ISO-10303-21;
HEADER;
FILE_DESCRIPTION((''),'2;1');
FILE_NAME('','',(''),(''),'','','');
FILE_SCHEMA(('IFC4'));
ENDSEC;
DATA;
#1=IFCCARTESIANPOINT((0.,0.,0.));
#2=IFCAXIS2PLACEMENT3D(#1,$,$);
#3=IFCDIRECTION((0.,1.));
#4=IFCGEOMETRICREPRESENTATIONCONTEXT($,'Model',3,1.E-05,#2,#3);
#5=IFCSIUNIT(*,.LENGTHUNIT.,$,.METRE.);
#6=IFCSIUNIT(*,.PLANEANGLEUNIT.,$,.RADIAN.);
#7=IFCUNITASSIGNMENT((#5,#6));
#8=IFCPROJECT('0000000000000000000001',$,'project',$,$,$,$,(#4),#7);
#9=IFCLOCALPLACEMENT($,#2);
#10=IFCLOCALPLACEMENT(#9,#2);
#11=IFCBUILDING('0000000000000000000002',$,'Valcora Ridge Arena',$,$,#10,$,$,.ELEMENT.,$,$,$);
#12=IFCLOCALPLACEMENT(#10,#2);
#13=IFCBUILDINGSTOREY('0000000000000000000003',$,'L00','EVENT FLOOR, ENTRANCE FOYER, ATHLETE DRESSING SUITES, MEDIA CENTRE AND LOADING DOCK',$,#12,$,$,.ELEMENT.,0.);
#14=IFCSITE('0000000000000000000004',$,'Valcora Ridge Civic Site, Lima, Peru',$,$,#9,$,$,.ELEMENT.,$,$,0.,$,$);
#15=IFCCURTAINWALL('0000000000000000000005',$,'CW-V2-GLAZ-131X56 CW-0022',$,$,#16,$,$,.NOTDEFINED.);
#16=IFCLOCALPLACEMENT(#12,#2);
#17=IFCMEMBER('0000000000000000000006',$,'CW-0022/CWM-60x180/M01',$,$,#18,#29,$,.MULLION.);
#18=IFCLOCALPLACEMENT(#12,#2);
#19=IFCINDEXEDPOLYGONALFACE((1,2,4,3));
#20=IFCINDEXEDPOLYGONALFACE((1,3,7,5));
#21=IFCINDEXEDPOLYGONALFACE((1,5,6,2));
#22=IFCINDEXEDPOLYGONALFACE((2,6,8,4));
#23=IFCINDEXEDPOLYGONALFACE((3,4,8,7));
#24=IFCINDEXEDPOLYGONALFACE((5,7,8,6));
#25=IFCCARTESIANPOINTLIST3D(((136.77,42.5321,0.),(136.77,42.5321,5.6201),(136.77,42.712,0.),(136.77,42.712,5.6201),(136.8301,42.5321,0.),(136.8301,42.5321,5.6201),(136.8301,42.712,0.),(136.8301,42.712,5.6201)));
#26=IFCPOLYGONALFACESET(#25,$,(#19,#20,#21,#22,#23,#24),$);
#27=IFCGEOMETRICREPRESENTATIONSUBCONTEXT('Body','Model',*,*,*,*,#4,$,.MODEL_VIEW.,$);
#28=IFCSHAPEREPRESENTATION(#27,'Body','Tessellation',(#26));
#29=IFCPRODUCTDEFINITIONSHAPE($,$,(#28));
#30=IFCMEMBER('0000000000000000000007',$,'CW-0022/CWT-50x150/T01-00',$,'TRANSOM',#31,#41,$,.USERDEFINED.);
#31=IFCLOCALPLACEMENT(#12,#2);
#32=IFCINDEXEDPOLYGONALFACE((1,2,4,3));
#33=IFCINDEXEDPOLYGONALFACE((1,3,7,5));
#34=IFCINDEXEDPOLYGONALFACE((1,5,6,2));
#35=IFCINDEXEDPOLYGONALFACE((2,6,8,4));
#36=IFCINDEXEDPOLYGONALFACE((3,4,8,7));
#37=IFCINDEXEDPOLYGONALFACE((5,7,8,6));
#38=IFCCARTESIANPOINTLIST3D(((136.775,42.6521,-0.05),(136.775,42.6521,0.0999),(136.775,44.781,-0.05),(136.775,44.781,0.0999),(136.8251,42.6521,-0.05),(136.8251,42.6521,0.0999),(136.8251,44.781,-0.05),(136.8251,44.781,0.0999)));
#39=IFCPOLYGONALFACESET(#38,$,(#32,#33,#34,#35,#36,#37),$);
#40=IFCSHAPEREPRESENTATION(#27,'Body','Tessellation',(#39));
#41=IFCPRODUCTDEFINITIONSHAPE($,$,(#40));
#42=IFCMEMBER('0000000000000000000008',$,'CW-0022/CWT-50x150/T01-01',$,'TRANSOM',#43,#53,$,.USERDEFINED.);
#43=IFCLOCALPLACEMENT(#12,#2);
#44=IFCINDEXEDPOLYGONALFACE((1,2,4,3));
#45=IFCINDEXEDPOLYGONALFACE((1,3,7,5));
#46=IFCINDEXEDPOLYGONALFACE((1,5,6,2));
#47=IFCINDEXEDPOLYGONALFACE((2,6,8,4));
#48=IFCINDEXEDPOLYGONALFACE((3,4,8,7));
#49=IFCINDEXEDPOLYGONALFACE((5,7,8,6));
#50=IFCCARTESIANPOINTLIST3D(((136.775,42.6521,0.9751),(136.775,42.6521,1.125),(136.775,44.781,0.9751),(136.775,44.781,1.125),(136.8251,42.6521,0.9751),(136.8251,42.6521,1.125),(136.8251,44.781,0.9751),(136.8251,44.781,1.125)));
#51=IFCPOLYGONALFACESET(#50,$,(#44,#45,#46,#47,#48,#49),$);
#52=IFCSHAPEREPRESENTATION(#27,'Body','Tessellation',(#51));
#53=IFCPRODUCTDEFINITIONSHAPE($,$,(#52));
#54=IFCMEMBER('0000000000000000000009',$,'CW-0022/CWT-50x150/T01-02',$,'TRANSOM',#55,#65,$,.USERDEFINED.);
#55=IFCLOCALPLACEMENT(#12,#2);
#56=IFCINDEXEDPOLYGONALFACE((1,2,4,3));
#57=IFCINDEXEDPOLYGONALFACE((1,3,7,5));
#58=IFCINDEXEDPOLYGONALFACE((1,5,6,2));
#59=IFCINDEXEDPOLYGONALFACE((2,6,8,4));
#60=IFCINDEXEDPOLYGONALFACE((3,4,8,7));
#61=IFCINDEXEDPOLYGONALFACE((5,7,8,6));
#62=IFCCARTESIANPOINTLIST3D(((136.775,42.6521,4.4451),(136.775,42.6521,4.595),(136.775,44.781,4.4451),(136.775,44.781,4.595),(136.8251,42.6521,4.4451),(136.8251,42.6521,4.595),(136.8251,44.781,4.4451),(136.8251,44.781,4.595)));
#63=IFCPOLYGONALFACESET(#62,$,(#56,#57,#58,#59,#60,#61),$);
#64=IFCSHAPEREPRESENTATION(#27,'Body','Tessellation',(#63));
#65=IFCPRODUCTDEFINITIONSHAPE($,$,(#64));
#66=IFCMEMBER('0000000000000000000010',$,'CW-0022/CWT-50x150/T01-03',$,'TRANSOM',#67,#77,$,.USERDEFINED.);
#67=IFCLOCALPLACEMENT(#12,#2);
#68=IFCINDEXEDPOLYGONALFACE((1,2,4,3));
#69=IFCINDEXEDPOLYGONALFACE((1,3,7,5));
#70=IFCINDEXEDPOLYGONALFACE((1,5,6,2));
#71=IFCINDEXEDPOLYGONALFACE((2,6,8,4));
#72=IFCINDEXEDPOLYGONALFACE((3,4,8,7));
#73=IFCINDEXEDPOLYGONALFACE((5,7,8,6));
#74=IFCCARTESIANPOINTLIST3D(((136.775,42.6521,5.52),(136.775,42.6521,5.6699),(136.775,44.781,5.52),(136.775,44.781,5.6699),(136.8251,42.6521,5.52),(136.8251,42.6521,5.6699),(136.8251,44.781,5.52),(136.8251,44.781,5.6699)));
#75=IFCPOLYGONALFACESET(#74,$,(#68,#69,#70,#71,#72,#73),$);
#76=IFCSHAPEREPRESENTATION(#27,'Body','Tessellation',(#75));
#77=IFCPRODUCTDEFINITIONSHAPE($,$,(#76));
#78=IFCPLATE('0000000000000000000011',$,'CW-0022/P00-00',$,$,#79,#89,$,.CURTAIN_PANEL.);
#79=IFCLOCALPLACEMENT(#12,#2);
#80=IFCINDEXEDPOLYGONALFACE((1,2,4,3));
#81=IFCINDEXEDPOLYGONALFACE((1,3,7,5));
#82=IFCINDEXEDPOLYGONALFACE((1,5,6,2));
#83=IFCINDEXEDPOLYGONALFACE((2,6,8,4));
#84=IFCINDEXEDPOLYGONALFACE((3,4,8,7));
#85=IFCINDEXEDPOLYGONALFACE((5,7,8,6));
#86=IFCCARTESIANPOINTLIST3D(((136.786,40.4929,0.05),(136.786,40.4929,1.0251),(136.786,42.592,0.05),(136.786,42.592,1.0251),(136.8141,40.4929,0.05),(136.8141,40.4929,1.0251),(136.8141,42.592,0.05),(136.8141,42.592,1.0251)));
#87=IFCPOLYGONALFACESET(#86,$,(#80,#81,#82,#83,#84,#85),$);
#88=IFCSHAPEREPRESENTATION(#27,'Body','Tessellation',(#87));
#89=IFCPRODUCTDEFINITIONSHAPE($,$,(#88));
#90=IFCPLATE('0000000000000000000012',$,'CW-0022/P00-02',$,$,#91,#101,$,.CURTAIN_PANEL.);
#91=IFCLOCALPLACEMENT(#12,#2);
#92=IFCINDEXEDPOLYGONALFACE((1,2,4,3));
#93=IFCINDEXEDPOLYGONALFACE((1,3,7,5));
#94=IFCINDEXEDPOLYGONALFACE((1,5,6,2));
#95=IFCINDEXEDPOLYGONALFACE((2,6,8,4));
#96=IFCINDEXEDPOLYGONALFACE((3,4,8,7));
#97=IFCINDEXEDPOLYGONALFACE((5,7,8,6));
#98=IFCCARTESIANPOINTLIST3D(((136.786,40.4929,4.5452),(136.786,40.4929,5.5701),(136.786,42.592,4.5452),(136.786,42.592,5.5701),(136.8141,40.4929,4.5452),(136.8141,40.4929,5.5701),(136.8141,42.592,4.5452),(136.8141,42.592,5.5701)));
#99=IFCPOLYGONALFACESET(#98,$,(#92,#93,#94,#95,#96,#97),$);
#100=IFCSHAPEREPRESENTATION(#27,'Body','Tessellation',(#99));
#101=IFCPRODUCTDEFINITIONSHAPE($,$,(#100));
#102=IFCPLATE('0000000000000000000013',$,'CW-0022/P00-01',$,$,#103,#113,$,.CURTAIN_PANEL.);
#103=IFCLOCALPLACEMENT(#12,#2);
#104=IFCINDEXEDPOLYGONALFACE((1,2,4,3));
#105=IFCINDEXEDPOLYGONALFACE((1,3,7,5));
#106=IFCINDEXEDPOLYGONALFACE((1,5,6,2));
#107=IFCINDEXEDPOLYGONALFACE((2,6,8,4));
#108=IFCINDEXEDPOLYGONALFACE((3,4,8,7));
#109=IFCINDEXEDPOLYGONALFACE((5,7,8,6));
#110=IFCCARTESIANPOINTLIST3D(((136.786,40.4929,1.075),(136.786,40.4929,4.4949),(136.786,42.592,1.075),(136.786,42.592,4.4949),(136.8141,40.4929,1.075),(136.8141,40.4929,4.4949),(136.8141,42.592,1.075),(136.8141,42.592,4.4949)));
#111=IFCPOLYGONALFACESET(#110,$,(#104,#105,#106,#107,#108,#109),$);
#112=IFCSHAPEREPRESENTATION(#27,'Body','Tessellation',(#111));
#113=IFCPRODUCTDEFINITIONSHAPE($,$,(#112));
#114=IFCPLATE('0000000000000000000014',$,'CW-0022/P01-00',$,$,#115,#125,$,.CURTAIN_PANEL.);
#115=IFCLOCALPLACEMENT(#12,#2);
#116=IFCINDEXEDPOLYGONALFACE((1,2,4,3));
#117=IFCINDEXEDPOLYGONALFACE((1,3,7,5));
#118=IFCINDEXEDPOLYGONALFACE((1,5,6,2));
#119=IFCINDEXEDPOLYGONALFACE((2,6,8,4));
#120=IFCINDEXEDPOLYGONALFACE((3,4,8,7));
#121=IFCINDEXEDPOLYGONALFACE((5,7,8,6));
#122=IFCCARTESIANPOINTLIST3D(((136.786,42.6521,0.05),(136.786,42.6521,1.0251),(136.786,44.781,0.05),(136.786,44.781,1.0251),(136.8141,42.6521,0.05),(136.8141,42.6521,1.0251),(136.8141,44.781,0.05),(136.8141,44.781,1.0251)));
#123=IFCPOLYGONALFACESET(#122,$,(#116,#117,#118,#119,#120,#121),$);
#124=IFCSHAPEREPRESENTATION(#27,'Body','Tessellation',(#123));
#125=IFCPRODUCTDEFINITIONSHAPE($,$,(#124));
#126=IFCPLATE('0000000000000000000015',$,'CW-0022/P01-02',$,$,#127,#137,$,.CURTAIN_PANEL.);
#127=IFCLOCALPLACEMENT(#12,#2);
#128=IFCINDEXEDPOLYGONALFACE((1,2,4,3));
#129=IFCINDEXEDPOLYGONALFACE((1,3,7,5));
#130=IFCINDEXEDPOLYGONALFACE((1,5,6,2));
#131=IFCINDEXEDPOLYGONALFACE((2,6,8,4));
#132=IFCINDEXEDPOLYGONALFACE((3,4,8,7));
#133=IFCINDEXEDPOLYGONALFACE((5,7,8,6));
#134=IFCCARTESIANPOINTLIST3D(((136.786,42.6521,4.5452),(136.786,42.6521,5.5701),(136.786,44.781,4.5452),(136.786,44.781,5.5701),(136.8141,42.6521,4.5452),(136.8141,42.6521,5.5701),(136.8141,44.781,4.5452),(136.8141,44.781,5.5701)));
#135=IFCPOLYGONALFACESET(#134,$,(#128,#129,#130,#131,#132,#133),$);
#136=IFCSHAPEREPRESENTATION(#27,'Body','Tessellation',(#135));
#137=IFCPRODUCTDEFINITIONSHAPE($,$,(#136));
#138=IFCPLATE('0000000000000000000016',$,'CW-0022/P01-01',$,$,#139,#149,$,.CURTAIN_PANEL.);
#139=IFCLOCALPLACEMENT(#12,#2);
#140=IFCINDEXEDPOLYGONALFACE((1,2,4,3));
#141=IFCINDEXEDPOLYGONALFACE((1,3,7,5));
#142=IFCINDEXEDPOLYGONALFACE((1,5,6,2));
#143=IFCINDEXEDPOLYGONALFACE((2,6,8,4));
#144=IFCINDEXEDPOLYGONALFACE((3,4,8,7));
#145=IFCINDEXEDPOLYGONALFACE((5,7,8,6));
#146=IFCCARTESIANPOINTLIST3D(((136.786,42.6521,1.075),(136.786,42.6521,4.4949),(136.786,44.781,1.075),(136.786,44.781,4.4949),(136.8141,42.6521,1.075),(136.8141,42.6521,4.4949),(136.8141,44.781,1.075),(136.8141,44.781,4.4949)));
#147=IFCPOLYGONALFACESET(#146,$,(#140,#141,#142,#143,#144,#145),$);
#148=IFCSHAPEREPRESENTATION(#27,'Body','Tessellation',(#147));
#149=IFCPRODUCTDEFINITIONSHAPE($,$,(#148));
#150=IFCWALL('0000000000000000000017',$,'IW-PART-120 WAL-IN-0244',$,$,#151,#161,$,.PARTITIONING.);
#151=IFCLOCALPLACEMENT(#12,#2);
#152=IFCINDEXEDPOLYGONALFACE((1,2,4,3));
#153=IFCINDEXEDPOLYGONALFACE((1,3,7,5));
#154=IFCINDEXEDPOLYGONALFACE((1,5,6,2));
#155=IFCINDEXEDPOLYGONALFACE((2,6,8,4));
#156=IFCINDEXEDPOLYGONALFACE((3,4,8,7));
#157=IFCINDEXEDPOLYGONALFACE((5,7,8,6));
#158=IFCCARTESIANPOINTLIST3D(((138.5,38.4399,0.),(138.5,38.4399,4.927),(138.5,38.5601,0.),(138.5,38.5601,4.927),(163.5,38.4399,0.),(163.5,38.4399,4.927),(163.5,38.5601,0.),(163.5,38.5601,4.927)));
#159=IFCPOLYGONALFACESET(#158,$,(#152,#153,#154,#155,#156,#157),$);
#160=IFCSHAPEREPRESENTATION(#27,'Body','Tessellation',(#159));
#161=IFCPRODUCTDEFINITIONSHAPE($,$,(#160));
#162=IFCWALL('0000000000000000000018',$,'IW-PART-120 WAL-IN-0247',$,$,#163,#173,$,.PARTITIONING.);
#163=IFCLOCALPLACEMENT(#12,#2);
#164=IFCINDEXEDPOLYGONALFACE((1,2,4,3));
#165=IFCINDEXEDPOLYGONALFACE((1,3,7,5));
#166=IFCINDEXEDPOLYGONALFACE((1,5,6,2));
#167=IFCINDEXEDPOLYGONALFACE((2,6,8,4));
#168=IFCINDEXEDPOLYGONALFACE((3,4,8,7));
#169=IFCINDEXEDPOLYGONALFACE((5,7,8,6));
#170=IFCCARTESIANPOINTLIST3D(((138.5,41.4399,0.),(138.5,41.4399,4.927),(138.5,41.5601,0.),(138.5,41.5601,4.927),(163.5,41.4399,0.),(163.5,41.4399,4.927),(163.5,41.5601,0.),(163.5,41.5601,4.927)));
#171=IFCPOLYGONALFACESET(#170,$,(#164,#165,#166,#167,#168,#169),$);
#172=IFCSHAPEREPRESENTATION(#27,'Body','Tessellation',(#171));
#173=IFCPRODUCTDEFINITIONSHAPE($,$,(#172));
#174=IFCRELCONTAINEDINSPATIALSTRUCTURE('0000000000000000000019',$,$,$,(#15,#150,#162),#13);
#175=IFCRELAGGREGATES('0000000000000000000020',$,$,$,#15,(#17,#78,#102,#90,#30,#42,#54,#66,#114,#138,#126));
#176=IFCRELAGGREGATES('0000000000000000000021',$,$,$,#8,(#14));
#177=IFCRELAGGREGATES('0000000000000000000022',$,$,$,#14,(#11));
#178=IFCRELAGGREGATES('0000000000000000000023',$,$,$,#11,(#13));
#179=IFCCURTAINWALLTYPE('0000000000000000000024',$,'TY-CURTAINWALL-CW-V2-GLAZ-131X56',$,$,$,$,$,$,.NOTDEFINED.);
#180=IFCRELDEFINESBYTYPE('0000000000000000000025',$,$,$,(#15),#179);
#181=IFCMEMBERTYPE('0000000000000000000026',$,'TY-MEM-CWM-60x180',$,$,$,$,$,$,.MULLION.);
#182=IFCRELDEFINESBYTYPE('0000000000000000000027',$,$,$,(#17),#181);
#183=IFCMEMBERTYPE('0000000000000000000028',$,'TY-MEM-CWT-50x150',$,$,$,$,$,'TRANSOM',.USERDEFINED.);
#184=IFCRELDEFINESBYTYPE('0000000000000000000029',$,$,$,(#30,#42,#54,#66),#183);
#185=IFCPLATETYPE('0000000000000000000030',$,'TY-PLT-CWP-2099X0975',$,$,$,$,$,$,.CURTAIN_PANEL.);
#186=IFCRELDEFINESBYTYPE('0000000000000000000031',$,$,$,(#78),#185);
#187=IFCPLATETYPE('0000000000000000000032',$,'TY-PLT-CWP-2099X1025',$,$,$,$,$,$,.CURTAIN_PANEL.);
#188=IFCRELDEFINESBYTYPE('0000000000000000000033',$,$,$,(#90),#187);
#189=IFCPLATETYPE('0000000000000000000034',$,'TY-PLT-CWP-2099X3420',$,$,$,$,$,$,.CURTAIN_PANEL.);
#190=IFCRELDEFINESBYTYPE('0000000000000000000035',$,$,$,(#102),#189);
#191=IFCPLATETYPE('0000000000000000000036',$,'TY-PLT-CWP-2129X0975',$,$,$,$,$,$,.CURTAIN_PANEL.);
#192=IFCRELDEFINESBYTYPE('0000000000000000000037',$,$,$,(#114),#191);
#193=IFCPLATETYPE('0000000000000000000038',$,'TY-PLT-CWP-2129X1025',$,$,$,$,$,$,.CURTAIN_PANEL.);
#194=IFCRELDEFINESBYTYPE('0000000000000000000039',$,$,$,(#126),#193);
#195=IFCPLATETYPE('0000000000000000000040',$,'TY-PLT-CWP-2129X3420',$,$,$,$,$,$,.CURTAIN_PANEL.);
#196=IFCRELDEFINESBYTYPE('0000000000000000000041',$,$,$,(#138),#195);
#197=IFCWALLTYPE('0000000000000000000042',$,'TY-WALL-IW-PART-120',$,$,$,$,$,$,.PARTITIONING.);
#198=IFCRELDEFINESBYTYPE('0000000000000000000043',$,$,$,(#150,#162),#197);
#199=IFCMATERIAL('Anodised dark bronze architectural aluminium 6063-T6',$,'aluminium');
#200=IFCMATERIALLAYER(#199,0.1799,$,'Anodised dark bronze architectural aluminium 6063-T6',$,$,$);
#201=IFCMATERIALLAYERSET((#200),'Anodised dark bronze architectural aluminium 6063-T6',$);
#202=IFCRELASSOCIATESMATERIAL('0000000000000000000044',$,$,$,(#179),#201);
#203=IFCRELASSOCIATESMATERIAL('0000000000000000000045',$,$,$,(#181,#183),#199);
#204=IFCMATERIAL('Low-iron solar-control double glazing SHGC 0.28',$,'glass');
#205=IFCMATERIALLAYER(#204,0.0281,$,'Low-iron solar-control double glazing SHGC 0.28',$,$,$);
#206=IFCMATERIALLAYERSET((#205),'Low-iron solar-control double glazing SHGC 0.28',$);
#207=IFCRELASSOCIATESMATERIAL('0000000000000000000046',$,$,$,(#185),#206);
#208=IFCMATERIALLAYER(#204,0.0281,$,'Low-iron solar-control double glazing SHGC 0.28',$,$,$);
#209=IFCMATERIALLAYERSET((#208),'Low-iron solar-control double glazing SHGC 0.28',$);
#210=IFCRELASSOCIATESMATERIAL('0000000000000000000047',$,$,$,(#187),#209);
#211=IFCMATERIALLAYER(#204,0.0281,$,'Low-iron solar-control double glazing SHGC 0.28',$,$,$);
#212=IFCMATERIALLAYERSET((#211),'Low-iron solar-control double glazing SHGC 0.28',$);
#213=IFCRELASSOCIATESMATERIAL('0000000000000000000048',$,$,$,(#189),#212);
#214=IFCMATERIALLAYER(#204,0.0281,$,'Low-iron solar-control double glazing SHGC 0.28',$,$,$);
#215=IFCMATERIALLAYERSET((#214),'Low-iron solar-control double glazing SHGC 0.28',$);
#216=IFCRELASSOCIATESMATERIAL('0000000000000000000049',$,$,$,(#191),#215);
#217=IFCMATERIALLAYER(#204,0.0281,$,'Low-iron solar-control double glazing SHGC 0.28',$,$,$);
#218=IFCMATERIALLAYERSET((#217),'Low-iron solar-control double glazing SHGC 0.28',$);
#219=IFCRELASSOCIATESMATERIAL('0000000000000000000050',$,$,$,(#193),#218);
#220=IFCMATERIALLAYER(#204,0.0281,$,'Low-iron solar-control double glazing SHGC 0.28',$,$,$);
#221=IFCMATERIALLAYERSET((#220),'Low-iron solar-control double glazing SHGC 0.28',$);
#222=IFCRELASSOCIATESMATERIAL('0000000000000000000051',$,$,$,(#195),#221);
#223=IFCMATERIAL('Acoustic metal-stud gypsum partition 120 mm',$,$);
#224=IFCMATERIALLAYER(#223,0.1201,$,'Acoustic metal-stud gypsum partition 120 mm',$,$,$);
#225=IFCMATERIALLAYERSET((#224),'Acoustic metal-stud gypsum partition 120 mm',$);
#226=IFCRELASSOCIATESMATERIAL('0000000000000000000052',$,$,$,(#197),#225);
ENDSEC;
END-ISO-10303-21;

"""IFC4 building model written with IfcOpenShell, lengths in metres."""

from ifc_helpers import new_model, si_unit, direction, frame, frame_2d, origin, origin_2d, place, context, subcontext, project, spatial, rectangle, extrude, material, layer, layer_set, material_profile, profile_set, type_object, element, aggregate, save


model = new_model("IFC4")

# Units and contexts
model_context = context("Model", 3, precision=1e-05, world=origin(), true_north=direction((0.0, 1.0)))
body_context = subcontext(model_context, "Body", "Model", "MODEL_VIEW")
ifc_project = project(units=[si_unit("LENGTHUNIT", "METRE"), si_unit("PLANEANGLEUNIT", "RADIAN")], contexts=[model_context])

# Site, building, storey
site_placement = place(None, origin())
site = spatial("IfcSite", under=ifc_project, at=site_placement, Name="Valcora Ridge Civic Site, Lima, Peru", CompositionType="ELEMENT", RefElevation=0.0)
building_placement = place(site_placement, origin())
building = spatial("IfcBuilding", under=site, at=building_placement, Name="Valcora Ridge Arena", CompositionType="ELEMENT")
storey_placement = place(building_placement, origin())
storey = spatial("IfcBuildingStorey", under=building, at=storey_placement, Name="L00", Description="EVENT FLOOR, ENTRANCE FOYER, ATHLETE DRESSING SUITES, MEDIA CENTRE AND LOADING DOCK", CompositionType="ELEMENT", Elevation=0.0)

# Curtain wall, members, plates
ifc_material_1 = material(Name="Anodised dark bronze architectural aluminium 6063-T6", Category="aluminium")
ifc_layer_1 = layer(ifc_material_1, 0.1799, Name="Anodised dark bronze architectural aluminium 6063-T6")
ifc_layer_set_1 = layer_set([ifc_layer_1], Name="Anodised dark bronze architectural aluminium 6063-T6")
curtain_wall_type = type_object("IfcCurtainWallType", Name="TY-CURTAINWALL-CW-V2-GLAZ-131X56", PredefinedType="NOTDEFINED", material=ifc_layer_set_1)
curtain_wall_placement = place(storey_placement, origin())
curtain_wall = element("IfcCurtainWall", 1, at=curtain_wall_placement, inside=storey, type_object=curtain_wall_type, Name="CW-V2-GLAZ-131X56 CW-0022", PredefinedType="NOTDEFINED")
ifc_material_profile_1 = material_profile(ifc_material_1, rectangle(XDim=0.0601, YDim=0.1799, at=origin_2d()), Name="ALU MULLION 60x180")
ifc_profile_set_1 = profile_set([ifc_material_profile_1], Name="Anodised dark bronze architectural aluminium 6063-T6")
member_type_1 = type_object("IfcMemberType", Name="TY-MEM-CWM-60x180", PredefinedType="MULLION", material=ifc_profile_set_1)
member_1_placement = place(storey_placement, frame((136.8, 42.6221, 0.0), z_axis=(0.0, 0.0, 1.0), x_axis=(-1.0, 0.0, 0.0)))
member_1 = element("IfcMember", 2, at=member_1_placement, type_object=member_type_1, Name="CW-0022/CWM-60x180/M01", PredefinedType="MULLION", context=body_context, shape_type="SweptSolid", body=[
    extrude(rectangle(XDim=0.0601, YDim=0.1799, at=origin_2d()), origin(), (0.0, 0.0, 1.0), 5.6201),
])
ifc_material_profile_2 = material_profile(ifc_material_1, rectangle(XDim=0.05, YDim=0.1499, at=origin_2d()), Name="ALU TRANSOM 50x150")
ifc_profile_set_2 = profile_set([ifc_material_profile_2], Name="Anodised dark bronze architectural aluminium 6063-T6")
member_type_2 = type_object("IfcMemberType", Name="TY-MEM-CWT-50x150", ElementType="TRANSOM", PredefinedType="USERDEFINED", material=ifc_profile_set_2)
member_2_placement = place(storey_placement, frame((136.8, 42.6521, 0.0249), z_axis=(0.0, 1.0, 0.0), x_axis=(-1.0, 0.0, 0.0)))
member_2 = element("IfcMember", 3, at=member_2_placement, type_object=member_type_2, Name="CW-0022/CWT-50x150/T01-00", ObjectType="TRANSOM", PredefinedType="USERDEFINED", context=body_context, shape_type="SweptSolid", body=[
    extrude(rectangle(XDim=0.05, YDim=0.1499, at=origin_2d()), origin(), (0.0, 0.0, 1.0), 2.1289),
])
member_3_placement = place(storey_placement, frame((136.8, 42.6521, 1.05), z_axis=(0.0, 1.0, 0.0), x_axis=(-1.0, 0.0, 0.0)))
member_3 = element("IfcMember", 4, at=member_3_placement, type_object=member_type_2, Name="CW-0022/CWT-50x150/T01-01", ObjectType="TRANSOM", PredefinedType="USERDEFINED", context=body_context, shape_type="SweptSolid", body=[
    extrude(rectangle(XDim=0.05, YDim=0.1499, at=origin_2d()), origin(), (0.0, 0.0, 1.0), 2.1289),
])
member_4_placement = place(storey_placement, frame((136.8, 42.6521, 4.52), z_axis=(0.0, 1.0, 0.0), x_axis=(-1.0, 0.0, 0.0)))
member_4 = element("IfcMember", 5, at=member_4_placement, type_object=member_type_2, Name="CW-0022/CWT-50x150/T01-02", ObjectType="TRANSOM", PredefinedType="USERDEFINED", context=body_context, shape_type="SweptSolid", body=[
    extrude(rectangle(XDim=0.05, YDim=0.1499, at=origin_2d()), origin(), (0.0, 0.0, 1.0), 2.1289),
])
member_5_placement = place(storey_placement, frame((136.8, 42.6521, 5.595), z_axis=(0.0, 1.0, 0.0), x_axis=(-1.0, 0.0, 0.0)))
member_5 = element("IfcMember", 6, at=member_5_placement, type_object=member_type_2, Name="CW-0022/CWT-50x150/T01-03", ObjectType="TRANSOM", PredefinedType="USERDEFINED", context=body_context, shape_type="SweptSolid", body=[
    extrude(rectangle(XDim=0.05, YDim=0.1499, at=origin_2d()), origin(), (0.0, 0.0, 1.0), 2.1289),
])
ifc_material_2 = material(Name="Low-iron solar-control double glazing SHGC 0.28", Category="glass")
ifc_layer_2 = layer(ifc_material_2, 0.0281, Name="Low-iron solar-control double glazing SHGC 0.28")
ifc_layer_set_2 = layer_set([ifc_layer_2], Name="Low-iron solar-control double glazing SHGC 0.28")
plate_type_1 = type_object("IfcPlateType", Name="TY-PLT-CWP-2099X0975", PredefinedType="CURTAIN_PANEL", material=ifc_layer_set_2)
plate_1_placement = place(storey_placement, frame((136.8, 41.5425, 0.05), z_axis=(0.0, 0.0, 1.0), x_axis=(0.0, 1.0, 0.0)))
plate_1 = element("IfcPlate", 7, at=plate_1_placement, type_object=plate_type_1, Name="CW-0022/P00-00", PredefinedType="CURTAIN_PANEL", context=body_context, shape_type="SweptSolid", body=[
    extrude(rectangle(XDim=2.0991, YDim=0.0281, at=origin_2d()), origin(), (0.0, 0.0, 1.0), 0.9751),
])
ifc_layer_3 = layer(ifc_material_2, 0.0281, Name="Low-iron solar-control double glazing SHGC 0.28")
ifc_layer_set_3 = layer_set([ifc_layer_3], Name="Low-iron solar-control double glazing SHGC 0.28")
plate_type_2 = type_object("IfcPlateType", Name="TY-PLT-CWP-2099X1025", PredefinedType="CURTAIN_PANEL", material=ifc_layer_set_3)
plate_2_placement = place(storey_placement, frame((136.8, 41.5425, 4.5452), z_axis=(0.0, 0.0, 1.0), x_axis=(0.0, 1.0, 0.0)))
plate_2 = element("IfcPlate", 8, at=plate_2_placement, type_object=plate_type_2, Name="CW-0022/P00-02", PredefinedType="CURTAIN_PANEL", context=body_context, shape_type="SweptSolid", body=[
    extrude(rectangle(XDim=2.0991, YDim=0.0281, at=origin_2d()), origin(), (0.0, 0.0, 1.0), 1.0249),
])
ifc_layer_4 = layer(ifc_material_2, 0.0281, Name="Low-iron solar-control double glazing SHGC 0.28")
ifc_layer_set_4 = layer_set([ifc_layer_4], Name="Low-iron solar-control double glazing SHGC 0.28")
plate_type_3 = type_object("IfcPlateType", Name="TY-PLT-CWP-2099X3420", PredefinedType="CURTAIN_PANEL", material=ifc_layer_set_4)
plate_3_placement = place(storey_placement, frame((136.8, 41.5425, 1.075), z_axis=(0.0, 0.0, 1.0), x_axis=(0.0, 1.0, 0.0)))
plate_3 = element("IfcPlate", 9, at=plate_3_placement, type_object=plate_type_3, Name="CW-0022/P00-01", PredefinedType="CURTAIN_PANEL", context=body_context, shape_type="SweptSolid", body=[
    extrude(rectangle(XDim=2.0991, YDim=0.0281, at=origin_2d()), origin(), (0.0, 0.0, 1.0), 3.4199),
])
ifc_layer_5 = layer(ifc_material_2, 0.0281, Name="Low-iron solar-control double glazing SHGC 0.28")
ifc_layer_set_5 = layer_set([ifc_layer_5], Name="Low-iron solar-control double glazing SHGC 0.28")
plate_type_4 = type_object("IfcPlateType", Name="TY-PLT-CWP-2129X0975", PredefinedType="CURTAIN_PANEL", material=ifc_layer_set_5)
plate_4_placement = place(storey_placement, frame((136.8, 43.7166, 0.05), z_axis=(0.0, 0.0, 1.0), x_axis=(0.0, 1.0, 0.0)))
plate_4 = element("IfcPlate", 10, at=plate_4_placement, type_object=plate_type_4, Name="CW-0022/P01-00", PredefinedType="CURTAIN_PANEL", context=body_context, shape_type="SweptSolid", body=[
    extrude(rectangle(XDim=2.1289, YDim=0.0281, at=origin_2d()), origin(), (0.0, 0.0, 1.0), 0.9751),
])
ifc_layer_6 = layer(ifc_material_2, 0.0281, Name="Low-iron solar-control double glazing SHGC 0.28")
ifc_layer_set_6 = layer_set([ifc_layer_6], Name="Low-iron solar-control double glazing SHGC 0.28")
plate_type_5 = type_object("IfcPlateType", Name="TY-PLT-CWP-2129X1025", PredefinedType="CURTAIN_PANEL", material=ifc_layer_set_6)
plate_5_placement = place(storey_placement, frame((136.8, 43.7166, 4.5452), z_axis=(0.0, 0.0, 1.0), x_axis=(0.0, 1.0, 0.0)))
plate_5 = element("IfcPlate", 11, at=plate_5_placement, type_object=plate_type_5, Name="CW-0022/P01-02", PredefinedType="CURTAIN_PANEL", context=body_context, shape_type="SweptSolid", body=[
    extrude(rectangle(XDim=2.1289, YDim=0.0281, at=origin_2d()), origin(), (0.0, 0.0, 1.0), 1.0249),
])
ifc_layer_7 = layer(ifc_material_2, 0.0281, Name="Low-iron solar-control double glazing SHGC 0.28")
ifc_layer_set_7 = layer_set([ifc_layer_7], Name="Low-iron solar-control double glazing SHGC 0.28")
plate_type_6 = type_object("IfcPlateType", Name="TY-PLT-CWP-2129X3420", PredefinedType="CURTAIN_PANEL", material=ifc_layer_set_7)
plate_6_placement = place(storey_placement, frame((136.8, 43.7166, 1.075), z_axis=(0.0, 0.0, 1.0), x_axis=(0.0, 1.0, 0.0)))
plate_6 = element("IfcPlate", 12, at=plate_6_placement, type_object=plate_type_6, Name="CW-0022/P01-01", PredefinedType="CURTAIN_PANEL", context=body_context, shape_type="SweptSolid", body=[
    extrude(rectangle(XDim=2.1289, YDim=0.0281, at=origin_2d()), origin(), (0.0, 0.0, 1.0), 3.4199),
])
aggregate(curtain_wall, [member_1, plate_1, plate_3, plate_2, member_2, member_3, member_4, member_5, plate_4, plate_6, plate_5])

# Walls
ifc_material_3 = material(Name="Acoustic metal-stud gypsum partition 120 mm")
ifc_layer_8 = layer(ifc_material_3, 0.1201, Name="Acoustic metal-stud gypsum partition 120 mm")
ifc_layer_set_8 = layer_set([ifc_layer_8], Name="Acoustic metal-stud gypsum partition 120 mm")
wall_type = type_object("IfcWallType", Name="TY-WALL-IW-PART-120", PredefinedType="PARTITIONING", material=ifc_layer_set_8)
for number, where, z_axis, x_axis, name in (
    (13, (138.5, 38.5, 0.0), (0.0, 0.0, 1.0), (1.0, 0.0, 0.0), "IW-PART-120 WAL-IN-0244"),
    (14, (138.5, 41.5, 0.0), (0.0, 0.0, 1.0), (1.0, 0.0, 0.0), "IW-PART-120 WAL-IN-0247"),
):
    element("IfcWall", number, at=place(storey_placement, frame(where, z_axis=z_axis, x_axis=x_axis)), inside=storey, type_object=wall_type, Name=name, PredefinedType="PARTITIONING", context=body_context, shape_type="SweptSolid", body=[
        extrude(rectangle(XDim=25.0, YDim=0.1201, at=frame_2d((12.5, 0.0))), origin(), (0.0, 0.0, 1.0), 4.927),
    ])

save(model, "model.ifc")
